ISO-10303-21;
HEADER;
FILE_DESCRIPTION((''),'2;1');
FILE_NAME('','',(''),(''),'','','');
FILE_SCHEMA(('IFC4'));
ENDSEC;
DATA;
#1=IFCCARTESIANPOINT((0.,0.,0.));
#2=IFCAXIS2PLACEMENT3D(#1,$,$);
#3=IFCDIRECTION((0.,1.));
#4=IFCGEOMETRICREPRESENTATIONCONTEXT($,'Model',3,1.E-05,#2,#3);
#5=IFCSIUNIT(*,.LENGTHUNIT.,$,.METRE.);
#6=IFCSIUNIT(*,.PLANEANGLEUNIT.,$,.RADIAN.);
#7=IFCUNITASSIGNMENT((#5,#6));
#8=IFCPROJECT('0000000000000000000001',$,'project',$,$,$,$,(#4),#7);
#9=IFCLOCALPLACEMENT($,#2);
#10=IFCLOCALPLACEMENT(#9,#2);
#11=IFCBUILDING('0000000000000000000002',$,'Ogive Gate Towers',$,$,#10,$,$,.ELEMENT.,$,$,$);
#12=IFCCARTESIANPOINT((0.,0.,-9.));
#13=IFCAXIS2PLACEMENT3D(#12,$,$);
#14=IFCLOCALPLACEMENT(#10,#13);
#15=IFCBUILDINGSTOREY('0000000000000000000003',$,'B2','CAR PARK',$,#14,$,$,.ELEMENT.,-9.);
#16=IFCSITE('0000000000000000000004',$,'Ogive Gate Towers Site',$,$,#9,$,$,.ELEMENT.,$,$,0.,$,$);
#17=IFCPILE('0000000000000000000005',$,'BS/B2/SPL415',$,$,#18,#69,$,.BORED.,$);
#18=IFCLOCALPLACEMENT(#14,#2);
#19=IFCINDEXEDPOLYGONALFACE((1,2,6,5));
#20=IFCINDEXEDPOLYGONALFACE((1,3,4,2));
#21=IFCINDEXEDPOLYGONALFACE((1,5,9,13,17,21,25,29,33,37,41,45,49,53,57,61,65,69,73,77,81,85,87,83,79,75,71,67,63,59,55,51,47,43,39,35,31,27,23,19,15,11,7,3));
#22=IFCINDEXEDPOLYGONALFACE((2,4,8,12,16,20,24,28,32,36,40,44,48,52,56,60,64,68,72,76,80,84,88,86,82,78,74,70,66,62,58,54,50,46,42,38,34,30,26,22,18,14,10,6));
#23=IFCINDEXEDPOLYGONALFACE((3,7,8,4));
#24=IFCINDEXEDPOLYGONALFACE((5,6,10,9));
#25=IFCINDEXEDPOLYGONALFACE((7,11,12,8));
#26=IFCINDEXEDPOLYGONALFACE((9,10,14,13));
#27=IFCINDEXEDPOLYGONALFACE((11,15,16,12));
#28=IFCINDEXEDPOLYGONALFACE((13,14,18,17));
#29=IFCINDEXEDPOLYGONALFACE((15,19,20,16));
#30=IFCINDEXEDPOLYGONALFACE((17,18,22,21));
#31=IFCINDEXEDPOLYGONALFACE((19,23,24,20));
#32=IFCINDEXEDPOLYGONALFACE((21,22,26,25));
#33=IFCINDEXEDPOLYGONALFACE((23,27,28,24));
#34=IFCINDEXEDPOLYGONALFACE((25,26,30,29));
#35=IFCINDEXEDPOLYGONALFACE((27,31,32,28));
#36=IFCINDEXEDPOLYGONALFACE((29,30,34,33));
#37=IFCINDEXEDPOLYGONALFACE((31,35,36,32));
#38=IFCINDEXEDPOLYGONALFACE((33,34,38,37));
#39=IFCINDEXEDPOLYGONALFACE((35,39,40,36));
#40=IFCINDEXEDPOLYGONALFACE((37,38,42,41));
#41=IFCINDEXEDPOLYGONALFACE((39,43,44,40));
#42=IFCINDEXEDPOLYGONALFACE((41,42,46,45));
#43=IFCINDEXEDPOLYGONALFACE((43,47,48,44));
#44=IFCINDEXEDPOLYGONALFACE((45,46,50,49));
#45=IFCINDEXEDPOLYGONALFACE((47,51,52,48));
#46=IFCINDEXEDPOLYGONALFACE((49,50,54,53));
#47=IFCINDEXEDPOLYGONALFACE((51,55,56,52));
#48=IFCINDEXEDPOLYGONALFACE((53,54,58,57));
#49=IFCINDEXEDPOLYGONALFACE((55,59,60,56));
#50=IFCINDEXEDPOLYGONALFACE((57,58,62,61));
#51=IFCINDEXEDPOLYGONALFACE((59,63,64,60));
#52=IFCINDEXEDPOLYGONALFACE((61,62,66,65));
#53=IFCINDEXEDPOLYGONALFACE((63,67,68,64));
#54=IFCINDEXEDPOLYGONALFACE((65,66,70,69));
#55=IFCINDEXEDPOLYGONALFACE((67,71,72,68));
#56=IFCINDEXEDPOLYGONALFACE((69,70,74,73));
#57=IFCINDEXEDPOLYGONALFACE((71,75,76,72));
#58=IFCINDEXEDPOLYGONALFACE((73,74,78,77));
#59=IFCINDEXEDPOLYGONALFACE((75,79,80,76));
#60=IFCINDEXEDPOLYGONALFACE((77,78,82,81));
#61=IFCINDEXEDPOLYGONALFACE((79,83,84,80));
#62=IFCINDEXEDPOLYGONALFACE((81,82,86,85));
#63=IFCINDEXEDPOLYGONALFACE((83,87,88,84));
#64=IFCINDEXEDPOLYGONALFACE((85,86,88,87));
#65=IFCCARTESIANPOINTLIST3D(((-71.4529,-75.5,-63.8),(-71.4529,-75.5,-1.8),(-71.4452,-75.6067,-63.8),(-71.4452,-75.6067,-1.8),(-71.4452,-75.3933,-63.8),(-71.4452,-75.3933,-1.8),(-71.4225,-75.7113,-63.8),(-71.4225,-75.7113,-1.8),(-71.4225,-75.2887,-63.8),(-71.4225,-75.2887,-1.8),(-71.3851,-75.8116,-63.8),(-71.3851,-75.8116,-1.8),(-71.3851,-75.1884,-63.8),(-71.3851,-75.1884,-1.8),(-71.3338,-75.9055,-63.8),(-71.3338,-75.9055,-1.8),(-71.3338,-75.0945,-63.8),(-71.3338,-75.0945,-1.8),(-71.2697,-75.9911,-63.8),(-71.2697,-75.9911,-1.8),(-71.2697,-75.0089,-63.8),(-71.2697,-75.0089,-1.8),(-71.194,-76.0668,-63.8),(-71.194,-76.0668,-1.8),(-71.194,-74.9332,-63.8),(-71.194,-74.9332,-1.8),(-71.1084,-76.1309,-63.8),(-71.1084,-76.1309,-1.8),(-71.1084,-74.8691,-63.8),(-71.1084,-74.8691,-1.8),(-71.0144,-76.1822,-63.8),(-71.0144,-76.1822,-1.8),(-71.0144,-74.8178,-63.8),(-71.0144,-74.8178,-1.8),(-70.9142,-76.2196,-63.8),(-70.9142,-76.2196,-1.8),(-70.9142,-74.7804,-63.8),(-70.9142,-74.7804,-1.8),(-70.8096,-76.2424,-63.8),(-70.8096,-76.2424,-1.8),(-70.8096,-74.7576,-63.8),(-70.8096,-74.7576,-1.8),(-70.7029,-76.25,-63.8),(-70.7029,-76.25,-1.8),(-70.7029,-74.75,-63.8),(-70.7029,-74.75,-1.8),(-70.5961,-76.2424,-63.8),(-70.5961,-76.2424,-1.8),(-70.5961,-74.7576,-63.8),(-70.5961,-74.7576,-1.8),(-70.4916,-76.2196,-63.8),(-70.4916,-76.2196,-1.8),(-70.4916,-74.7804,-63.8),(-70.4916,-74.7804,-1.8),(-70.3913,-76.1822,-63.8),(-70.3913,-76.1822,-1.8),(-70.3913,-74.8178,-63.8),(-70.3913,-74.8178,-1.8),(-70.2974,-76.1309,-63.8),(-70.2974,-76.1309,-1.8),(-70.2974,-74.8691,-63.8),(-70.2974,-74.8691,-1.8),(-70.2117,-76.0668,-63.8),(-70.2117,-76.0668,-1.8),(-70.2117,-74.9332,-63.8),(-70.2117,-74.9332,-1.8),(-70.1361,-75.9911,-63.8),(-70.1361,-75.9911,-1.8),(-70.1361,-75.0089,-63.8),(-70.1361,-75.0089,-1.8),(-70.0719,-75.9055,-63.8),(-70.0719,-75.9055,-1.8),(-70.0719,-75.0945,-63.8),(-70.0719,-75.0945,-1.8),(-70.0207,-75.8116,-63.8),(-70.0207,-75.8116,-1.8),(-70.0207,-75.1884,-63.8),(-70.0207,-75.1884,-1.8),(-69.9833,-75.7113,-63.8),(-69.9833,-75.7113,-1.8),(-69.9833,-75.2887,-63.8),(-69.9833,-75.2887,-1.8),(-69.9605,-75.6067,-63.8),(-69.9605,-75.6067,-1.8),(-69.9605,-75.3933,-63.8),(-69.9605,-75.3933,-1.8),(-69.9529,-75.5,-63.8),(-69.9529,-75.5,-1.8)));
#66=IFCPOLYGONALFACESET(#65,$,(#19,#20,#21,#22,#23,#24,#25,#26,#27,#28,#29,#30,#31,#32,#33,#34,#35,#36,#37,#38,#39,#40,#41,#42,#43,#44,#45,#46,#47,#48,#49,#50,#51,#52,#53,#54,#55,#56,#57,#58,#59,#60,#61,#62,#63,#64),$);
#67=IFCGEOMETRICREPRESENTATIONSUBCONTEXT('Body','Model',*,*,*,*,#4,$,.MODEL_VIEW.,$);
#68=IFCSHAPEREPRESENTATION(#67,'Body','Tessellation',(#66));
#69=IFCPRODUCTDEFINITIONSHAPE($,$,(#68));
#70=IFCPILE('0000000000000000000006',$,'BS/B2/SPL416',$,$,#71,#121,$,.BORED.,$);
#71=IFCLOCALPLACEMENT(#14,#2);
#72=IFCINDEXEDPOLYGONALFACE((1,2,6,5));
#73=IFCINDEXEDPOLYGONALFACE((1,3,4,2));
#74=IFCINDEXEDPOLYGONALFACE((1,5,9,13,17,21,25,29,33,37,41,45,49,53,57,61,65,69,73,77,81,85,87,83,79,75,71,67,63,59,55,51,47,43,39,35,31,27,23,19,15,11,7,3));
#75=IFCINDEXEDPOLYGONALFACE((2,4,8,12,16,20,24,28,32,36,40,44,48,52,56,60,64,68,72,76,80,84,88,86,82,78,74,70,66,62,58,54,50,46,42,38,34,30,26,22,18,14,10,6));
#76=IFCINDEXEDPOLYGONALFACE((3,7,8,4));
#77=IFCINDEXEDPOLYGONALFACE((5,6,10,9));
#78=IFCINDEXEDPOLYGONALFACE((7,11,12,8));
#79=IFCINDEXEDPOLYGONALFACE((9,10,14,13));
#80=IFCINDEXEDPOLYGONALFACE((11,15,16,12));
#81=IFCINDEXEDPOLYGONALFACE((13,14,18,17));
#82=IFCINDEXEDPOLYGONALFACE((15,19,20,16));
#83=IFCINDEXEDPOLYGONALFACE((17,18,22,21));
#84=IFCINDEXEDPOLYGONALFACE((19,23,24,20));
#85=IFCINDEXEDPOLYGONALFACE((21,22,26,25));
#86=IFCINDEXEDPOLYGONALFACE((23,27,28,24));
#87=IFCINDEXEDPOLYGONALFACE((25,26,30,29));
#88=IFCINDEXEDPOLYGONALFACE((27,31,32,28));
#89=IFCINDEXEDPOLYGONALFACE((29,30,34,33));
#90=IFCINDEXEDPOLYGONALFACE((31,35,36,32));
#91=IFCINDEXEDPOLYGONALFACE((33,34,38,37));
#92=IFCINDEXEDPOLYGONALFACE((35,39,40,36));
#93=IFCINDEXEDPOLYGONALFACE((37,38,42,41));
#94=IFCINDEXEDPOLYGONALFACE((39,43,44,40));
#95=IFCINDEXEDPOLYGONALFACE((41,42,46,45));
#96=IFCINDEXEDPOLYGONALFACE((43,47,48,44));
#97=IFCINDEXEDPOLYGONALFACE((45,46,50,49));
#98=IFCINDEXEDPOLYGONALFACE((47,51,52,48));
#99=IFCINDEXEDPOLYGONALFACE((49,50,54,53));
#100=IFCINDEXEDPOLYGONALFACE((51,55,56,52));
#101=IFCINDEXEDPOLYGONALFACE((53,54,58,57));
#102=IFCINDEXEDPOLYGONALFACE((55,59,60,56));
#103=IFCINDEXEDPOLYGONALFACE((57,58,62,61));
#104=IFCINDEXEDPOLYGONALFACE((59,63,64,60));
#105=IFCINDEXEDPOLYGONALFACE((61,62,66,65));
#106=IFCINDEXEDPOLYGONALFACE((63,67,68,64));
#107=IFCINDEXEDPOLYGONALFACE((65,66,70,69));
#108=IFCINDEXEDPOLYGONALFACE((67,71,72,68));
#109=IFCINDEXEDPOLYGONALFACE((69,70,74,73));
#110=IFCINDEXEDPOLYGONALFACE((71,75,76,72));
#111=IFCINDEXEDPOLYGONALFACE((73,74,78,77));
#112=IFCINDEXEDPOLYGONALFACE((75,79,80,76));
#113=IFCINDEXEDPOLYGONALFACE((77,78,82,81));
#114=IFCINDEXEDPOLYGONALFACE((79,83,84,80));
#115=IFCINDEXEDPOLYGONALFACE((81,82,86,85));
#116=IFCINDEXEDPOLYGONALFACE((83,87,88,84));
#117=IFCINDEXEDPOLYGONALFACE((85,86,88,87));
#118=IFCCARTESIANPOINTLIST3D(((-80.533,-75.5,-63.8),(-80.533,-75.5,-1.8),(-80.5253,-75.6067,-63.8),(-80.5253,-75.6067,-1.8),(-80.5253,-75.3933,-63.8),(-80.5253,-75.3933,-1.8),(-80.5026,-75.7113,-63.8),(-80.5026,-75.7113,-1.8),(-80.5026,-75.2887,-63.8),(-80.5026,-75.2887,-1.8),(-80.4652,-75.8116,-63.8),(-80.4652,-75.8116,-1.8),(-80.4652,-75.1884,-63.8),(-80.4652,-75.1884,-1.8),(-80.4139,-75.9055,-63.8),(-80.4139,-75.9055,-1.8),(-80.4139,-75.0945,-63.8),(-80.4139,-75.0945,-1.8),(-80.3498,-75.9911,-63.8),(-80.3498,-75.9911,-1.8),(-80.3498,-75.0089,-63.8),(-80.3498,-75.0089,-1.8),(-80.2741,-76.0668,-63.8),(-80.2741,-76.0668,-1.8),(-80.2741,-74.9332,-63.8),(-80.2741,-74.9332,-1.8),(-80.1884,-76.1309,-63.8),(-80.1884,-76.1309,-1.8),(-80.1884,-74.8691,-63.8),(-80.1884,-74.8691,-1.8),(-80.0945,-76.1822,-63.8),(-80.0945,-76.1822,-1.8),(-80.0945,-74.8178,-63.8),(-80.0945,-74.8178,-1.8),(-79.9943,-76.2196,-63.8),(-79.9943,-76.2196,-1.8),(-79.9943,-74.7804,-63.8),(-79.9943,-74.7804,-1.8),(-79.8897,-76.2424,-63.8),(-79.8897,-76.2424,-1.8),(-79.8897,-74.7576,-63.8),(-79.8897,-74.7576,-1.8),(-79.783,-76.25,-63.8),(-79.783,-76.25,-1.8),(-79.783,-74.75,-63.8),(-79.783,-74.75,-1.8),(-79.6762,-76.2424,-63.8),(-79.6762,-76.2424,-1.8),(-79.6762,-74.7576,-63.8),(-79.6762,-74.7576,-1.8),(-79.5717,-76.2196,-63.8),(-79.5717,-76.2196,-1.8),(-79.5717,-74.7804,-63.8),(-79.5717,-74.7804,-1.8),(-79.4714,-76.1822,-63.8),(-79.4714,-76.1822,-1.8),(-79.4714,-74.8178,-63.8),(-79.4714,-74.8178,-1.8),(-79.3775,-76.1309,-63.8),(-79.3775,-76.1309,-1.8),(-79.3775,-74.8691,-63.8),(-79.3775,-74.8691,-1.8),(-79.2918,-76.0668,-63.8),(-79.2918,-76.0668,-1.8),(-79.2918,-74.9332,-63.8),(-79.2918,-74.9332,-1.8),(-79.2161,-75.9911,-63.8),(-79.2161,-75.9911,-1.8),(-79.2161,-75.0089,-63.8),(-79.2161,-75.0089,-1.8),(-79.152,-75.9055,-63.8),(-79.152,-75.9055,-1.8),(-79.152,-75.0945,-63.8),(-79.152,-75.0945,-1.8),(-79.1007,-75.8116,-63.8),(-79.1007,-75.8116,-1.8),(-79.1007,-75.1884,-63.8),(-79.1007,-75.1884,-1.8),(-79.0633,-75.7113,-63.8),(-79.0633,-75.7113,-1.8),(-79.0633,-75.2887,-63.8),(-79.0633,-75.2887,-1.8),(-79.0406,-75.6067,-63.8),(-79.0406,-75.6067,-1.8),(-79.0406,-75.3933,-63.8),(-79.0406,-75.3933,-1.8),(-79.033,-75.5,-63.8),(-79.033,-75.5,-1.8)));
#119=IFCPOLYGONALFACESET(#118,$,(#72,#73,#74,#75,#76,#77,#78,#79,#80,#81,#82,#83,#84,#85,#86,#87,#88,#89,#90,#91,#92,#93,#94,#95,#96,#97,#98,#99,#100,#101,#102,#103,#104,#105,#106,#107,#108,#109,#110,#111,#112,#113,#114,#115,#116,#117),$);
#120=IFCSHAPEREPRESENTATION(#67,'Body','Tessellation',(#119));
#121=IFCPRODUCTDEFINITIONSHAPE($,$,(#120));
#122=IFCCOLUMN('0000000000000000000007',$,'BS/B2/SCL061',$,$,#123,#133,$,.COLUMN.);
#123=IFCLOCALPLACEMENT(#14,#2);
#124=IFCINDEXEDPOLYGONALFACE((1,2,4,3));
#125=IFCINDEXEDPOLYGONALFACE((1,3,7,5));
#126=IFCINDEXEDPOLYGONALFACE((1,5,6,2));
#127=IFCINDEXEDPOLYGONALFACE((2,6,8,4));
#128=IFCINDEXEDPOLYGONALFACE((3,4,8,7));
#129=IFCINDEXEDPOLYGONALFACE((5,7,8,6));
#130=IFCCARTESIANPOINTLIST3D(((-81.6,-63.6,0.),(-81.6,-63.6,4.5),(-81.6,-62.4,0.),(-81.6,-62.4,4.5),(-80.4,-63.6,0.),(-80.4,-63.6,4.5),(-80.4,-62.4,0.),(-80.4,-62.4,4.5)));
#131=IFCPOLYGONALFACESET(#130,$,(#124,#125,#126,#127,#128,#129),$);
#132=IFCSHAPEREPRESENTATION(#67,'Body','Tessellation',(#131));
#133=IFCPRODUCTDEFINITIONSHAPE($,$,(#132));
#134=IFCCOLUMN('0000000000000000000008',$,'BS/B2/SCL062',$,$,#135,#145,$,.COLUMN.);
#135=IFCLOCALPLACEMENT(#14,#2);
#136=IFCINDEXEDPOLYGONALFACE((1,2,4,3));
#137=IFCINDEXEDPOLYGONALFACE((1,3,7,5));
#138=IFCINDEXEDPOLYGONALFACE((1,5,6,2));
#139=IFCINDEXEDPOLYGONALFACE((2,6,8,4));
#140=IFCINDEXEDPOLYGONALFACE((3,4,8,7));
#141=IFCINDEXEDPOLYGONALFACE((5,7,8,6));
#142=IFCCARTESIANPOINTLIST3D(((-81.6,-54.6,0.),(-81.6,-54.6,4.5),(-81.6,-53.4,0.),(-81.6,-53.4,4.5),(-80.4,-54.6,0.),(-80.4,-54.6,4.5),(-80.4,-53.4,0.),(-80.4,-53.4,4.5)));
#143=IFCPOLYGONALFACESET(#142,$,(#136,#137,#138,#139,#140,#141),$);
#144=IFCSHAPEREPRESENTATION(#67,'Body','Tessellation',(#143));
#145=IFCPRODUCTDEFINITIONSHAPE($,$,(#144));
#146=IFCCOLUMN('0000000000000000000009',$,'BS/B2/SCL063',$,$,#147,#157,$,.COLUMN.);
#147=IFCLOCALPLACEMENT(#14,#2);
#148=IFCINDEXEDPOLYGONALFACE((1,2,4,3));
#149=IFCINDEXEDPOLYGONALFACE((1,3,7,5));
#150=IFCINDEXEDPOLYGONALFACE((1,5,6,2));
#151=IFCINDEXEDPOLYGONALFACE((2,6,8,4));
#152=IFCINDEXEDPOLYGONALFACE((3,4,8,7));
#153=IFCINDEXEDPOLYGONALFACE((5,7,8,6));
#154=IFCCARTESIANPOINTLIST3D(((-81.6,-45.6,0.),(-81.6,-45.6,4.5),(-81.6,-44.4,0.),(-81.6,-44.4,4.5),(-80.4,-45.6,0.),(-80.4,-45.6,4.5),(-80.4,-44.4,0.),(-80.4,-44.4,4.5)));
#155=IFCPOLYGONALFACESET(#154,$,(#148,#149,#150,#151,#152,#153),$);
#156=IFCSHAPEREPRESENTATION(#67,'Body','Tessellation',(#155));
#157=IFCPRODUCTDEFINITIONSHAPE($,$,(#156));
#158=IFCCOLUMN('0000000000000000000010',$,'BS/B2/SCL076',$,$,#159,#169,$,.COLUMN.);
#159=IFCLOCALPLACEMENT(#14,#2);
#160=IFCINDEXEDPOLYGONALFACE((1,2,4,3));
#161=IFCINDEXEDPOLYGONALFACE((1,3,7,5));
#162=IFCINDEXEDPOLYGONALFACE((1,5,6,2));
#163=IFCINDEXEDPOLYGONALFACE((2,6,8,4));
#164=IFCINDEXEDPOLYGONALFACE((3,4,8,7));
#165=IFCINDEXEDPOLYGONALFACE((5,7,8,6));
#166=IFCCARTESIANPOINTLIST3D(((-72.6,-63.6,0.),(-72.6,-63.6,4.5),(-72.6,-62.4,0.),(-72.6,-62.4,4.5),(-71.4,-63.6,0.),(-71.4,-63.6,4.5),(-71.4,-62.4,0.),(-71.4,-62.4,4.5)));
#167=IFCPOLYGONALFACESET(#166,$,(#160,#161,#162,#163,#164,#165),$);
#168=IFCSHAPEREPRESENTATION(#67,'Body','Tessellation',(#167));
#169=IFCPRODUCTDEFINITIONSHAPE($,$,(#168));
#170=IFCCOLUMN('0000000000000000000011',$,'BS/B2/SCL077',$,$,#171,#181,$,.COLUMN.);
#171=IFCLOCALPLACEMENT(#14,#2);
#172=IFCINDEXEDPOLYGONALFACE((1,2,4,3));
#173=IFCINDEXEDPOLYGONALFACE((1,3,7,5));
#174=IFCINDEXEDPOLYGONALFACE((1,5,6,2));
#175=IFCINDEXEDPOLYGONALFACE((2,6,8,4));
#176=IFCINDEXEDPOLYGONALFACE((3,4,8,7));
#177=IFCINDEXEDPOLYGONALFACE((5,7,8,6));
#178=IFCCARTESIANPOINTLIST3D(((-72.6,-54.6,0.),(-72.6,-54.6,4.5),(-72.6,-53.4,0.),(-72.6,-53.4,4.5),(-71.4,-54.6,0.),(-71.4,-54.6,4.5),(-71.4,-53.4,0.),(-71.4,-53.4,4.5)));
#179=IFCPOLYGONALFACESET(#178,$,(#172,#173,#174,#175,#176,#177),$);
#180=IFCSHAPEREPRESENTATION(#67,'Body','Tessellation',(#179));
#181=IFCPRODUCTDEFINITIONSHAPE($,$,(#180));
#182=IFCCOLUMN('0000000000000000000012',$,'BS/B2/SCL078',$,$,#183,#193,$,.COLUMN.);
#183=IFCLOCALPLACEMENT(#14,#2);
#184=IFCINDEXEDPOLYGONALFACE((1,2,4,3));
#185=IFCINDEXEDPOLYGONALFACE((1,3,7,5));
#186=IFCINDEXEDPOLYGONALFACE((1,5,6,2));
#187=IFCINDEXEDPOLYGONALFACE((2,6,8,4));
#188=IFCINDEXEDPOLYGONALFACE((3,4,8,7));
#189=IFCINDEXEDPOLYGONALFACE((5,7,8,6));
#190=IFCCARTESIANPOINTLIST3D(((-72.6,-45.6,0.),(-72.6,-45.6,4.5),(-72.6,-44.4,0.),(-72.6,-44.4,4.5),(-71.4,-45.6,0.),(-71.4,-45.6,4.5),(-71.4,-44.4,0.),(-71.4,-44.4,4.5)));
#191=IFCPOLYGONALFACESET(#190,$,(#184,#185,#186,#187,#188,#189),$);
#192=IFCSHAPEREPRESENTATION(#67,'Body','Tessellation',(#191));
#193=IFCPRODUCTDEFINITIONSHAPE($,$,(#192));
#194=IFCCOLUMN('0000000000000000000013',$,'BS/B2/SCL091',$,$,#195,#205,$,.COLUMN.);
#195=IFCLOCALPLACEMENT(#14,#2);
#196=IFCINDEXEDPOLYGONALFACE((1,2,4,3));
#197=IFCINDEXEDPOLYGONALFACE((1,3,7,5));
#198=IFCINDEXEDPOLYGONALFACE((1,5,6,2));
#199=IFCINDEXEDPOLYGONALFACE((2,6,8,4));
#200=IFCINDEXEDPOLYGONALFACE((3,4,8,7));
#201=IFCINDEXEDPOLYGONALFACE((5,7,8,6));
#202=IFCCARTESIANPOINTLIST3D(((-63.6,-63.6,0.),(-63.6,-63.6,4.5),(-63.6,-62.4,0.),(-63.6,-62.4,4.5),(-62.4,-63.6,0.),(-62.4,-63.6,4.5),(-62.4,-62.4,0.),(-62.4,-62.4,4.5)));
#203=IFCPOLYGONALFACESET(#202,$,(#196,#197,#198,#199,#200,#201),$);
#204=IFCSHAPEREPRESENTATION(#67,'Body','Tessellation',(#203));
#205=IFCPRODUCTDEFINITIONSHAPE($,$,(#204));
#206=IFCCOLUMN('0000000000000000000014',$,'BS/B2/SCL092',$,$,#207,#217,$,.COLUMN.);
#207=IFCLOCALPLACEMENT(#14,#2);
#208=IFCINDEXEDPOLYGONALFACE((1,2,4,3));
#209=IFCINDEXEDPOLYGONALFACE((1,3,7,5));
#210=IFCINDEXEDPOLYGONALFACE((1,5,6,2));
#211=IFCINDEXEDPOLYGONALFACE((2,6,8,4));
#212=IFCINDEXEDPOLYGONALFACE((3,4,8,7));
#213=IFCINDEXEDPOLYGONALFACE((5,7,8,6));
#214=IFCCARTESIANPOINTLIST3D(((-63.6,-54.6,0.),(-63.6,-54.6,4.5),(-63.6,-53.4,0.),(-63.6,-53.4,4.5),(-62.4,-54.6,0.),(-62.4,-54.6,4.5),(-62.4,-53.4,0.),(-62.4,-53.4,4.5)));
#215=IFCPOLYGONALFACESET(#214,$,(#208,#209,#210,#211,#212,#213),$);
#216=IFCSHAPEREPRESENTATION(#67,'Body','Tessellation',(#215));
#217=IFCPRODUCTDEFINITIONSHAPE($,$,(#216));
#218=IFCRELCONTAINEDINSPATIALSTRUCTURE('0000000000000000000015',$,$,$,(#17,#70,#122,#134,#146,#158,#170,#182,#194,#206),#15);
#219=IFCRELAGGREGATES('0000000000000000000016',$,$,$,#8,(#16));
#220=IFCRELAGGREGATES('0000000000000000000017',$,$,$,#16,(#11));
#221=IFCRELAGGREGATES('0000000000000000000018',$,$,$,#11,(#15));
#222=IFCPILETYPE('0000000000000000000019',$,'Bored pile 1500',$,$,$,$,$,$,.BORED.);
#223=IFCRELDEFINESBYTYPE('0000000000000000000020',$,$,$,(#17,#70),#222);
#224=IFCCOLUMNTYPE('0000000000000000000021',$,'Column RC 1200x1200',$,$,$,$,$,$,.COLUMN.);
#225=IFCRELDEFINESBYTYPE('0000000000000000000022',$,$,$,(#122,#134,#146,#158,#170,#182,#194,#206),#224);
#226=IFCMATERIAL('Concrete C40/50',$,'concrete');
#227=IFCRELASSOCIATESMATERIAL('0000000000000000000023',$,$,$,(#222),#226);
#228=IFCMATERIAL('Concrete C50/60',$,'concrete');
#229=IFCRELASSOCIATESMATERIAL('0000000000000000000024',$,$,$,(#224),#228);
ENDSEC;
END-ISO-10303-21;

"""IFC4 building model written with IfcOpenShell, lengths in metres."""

from ifc_helpers import new_model, si_unit, direction, frame, origin, origin_2d, place, context, subcontext, project, spatial, rectangle, circle, extrude, material, material_profile, profile_set, type_object, element, save


model = new_model("IFC4")

# Units and contexts
model_context = context("Model", 3, precision=1e-05, world=origin(), true_north=direction((0.0, 1.0)))
body_context = subcontext(model_context, "Body", "Model", "MODEL_VIEW")
ifc_project = project(units=[si_unit("LENGTHUNIT", "METRE"), si_unit("PLANEANGLEUNIT", "RADIAN")], contexts=[model_context])

# Site, building, storey
site_placement = place(None, origin())
site = spatial("IfcSite", under=ifc_project, at=site_placement, Name="Ogive Gate Towers Site", CompositionType="ELEMENT", RefElevation=0.0)
building_placement = place(site_placement, origin())
building = spatial("IfcBuilding", under=site, at=building_placement, Name="Ogive Gate Towers", CompositionType="ELEMENT")
storey_placement = place(building_placement, frame((0.0, 0.0, -9.0)))
storey = spatial("IfcBuildingStorey", under=building, at=storey_placement, Name="B2", Description="CAR PARK", CompositionType="ELEMENT", Elevation=-9.0)

# Piles
ifc_material_1 = material(Name="Concrete C40/50", Category="concrete")
ifc_material_profile_1 = material_profile(ifc_material_1, circle(Radius=0.75, at=origin_2d()), Name="BP 1500")
ifc_profile_set_1 = profile_set([ifc_material_profile_1], Name="Concrete C40/50")
pile_type = type_object("IfcPileType", Name="Bored pile 1500", PredefinedType="BORED", material=ifc_profile_set_1)
for number, where, z_axis, x_axis, name in (
    (1, (-70.7029, -75.5, -1.8), (0.0, 0.0, -1.0), (1.0, 0.0, 0.0), "BS/B2/SPL415"),
    (2, (-79.783, -75.5, -1.8), (0.0, 0.0, -1.0), (1.0, 0.0, 0.0), "BS/B2/SPL416"),
):
    element("IfcPile", number, at=place(storey_placement, frame(where, z_axis=z_axis, x_axis=x_axis)), inside=storey, type_object=pile_type, Name=name, PredefinedType="BORED", context=body_context, shape_type="SweptSolid", body=[
        extrude(circle(Radius=0.75, at=origin_2d()), origin(), (0.0, 0.0, 1.0), 62.0),
    ])

# Columns
ifc_material_2 = material(Name="Concrete C50/60", Category="concrete")
ifc_material_profile_2 = material_profile(ifc_material_2, rectangle(XDim=1.2, YDim=1.2, at=origin_2d()), Name="RC 1200x1200")
ifc_profile_set_2 = profile_set([ifc_material_profile_2], Name="Concrete C50/60")
column_type = type_object("IfcColumnType", Name="Column RC 1200x1200", PredefinedType="COLUMN", material=ifc_profile_set_2)
for number, where, z_axis, x_axis, name in (
    (3, (-81.0, -63.0, 0.0), (0.0, 0.0, 1.0), (1.0, 0.0, 0.0), "BS/B2/SCL061"),
    (4, (-81.0, -54.0, 0.0), (0.0, 0.0, 1.0), (1.0, 0.0, 0.0), "BS/B2/SCL062"),
    (5, (-81.0, -45.0, 0.0), (0.0, 0.0, 1.0), (1.0, 0.0, 0.0), "BS/B2/SCL063"),
    (6, (-72.0, -63.0, 0.0), (0.0, 0.0, 1.0), (1.0, 0.0, 0.0), "BS/B2/SCL076"),
    (7, (-72.0, -54.0, 0.0), (0.0, 0.0, 1.0), (1.0, 0.0, 0.0), "BS/B2/SCL077"),
    (8, (-72.0, -45.0, 0.0), (0.0, 0.0, 1.0), (1.0, 0.0, 0.0), "BS/B2/SCL078"),
    (9, (-63.0, -63.0, 0.0), (0.0, 0.0, 1.0), (1.0, 0.0, 0.0), "BS/B2/SCL091"),
    (10, (-63.0, -54.0, 0.0), (0.0, 0.0, 1.0), (1.0, 0.0, 0.0), "BS/B2/SCL092"),
):
    element("IfcColumn", number, at=place(storey_placement, frame(where, z_axis=z_axis, x_axis=x_axis)), inside=storey, type_object=column_type, Name=name, PredefinedType="COLUMN", context=body_context, shape_type="SweptSolid", body=[
        extrude(rectangle(XDim=1.2, YDim=1.2, at=origin_2d()), origin(), (0.0, 0.0, 1.0), 4.5),
    ])

save(model, "model.ifc")
